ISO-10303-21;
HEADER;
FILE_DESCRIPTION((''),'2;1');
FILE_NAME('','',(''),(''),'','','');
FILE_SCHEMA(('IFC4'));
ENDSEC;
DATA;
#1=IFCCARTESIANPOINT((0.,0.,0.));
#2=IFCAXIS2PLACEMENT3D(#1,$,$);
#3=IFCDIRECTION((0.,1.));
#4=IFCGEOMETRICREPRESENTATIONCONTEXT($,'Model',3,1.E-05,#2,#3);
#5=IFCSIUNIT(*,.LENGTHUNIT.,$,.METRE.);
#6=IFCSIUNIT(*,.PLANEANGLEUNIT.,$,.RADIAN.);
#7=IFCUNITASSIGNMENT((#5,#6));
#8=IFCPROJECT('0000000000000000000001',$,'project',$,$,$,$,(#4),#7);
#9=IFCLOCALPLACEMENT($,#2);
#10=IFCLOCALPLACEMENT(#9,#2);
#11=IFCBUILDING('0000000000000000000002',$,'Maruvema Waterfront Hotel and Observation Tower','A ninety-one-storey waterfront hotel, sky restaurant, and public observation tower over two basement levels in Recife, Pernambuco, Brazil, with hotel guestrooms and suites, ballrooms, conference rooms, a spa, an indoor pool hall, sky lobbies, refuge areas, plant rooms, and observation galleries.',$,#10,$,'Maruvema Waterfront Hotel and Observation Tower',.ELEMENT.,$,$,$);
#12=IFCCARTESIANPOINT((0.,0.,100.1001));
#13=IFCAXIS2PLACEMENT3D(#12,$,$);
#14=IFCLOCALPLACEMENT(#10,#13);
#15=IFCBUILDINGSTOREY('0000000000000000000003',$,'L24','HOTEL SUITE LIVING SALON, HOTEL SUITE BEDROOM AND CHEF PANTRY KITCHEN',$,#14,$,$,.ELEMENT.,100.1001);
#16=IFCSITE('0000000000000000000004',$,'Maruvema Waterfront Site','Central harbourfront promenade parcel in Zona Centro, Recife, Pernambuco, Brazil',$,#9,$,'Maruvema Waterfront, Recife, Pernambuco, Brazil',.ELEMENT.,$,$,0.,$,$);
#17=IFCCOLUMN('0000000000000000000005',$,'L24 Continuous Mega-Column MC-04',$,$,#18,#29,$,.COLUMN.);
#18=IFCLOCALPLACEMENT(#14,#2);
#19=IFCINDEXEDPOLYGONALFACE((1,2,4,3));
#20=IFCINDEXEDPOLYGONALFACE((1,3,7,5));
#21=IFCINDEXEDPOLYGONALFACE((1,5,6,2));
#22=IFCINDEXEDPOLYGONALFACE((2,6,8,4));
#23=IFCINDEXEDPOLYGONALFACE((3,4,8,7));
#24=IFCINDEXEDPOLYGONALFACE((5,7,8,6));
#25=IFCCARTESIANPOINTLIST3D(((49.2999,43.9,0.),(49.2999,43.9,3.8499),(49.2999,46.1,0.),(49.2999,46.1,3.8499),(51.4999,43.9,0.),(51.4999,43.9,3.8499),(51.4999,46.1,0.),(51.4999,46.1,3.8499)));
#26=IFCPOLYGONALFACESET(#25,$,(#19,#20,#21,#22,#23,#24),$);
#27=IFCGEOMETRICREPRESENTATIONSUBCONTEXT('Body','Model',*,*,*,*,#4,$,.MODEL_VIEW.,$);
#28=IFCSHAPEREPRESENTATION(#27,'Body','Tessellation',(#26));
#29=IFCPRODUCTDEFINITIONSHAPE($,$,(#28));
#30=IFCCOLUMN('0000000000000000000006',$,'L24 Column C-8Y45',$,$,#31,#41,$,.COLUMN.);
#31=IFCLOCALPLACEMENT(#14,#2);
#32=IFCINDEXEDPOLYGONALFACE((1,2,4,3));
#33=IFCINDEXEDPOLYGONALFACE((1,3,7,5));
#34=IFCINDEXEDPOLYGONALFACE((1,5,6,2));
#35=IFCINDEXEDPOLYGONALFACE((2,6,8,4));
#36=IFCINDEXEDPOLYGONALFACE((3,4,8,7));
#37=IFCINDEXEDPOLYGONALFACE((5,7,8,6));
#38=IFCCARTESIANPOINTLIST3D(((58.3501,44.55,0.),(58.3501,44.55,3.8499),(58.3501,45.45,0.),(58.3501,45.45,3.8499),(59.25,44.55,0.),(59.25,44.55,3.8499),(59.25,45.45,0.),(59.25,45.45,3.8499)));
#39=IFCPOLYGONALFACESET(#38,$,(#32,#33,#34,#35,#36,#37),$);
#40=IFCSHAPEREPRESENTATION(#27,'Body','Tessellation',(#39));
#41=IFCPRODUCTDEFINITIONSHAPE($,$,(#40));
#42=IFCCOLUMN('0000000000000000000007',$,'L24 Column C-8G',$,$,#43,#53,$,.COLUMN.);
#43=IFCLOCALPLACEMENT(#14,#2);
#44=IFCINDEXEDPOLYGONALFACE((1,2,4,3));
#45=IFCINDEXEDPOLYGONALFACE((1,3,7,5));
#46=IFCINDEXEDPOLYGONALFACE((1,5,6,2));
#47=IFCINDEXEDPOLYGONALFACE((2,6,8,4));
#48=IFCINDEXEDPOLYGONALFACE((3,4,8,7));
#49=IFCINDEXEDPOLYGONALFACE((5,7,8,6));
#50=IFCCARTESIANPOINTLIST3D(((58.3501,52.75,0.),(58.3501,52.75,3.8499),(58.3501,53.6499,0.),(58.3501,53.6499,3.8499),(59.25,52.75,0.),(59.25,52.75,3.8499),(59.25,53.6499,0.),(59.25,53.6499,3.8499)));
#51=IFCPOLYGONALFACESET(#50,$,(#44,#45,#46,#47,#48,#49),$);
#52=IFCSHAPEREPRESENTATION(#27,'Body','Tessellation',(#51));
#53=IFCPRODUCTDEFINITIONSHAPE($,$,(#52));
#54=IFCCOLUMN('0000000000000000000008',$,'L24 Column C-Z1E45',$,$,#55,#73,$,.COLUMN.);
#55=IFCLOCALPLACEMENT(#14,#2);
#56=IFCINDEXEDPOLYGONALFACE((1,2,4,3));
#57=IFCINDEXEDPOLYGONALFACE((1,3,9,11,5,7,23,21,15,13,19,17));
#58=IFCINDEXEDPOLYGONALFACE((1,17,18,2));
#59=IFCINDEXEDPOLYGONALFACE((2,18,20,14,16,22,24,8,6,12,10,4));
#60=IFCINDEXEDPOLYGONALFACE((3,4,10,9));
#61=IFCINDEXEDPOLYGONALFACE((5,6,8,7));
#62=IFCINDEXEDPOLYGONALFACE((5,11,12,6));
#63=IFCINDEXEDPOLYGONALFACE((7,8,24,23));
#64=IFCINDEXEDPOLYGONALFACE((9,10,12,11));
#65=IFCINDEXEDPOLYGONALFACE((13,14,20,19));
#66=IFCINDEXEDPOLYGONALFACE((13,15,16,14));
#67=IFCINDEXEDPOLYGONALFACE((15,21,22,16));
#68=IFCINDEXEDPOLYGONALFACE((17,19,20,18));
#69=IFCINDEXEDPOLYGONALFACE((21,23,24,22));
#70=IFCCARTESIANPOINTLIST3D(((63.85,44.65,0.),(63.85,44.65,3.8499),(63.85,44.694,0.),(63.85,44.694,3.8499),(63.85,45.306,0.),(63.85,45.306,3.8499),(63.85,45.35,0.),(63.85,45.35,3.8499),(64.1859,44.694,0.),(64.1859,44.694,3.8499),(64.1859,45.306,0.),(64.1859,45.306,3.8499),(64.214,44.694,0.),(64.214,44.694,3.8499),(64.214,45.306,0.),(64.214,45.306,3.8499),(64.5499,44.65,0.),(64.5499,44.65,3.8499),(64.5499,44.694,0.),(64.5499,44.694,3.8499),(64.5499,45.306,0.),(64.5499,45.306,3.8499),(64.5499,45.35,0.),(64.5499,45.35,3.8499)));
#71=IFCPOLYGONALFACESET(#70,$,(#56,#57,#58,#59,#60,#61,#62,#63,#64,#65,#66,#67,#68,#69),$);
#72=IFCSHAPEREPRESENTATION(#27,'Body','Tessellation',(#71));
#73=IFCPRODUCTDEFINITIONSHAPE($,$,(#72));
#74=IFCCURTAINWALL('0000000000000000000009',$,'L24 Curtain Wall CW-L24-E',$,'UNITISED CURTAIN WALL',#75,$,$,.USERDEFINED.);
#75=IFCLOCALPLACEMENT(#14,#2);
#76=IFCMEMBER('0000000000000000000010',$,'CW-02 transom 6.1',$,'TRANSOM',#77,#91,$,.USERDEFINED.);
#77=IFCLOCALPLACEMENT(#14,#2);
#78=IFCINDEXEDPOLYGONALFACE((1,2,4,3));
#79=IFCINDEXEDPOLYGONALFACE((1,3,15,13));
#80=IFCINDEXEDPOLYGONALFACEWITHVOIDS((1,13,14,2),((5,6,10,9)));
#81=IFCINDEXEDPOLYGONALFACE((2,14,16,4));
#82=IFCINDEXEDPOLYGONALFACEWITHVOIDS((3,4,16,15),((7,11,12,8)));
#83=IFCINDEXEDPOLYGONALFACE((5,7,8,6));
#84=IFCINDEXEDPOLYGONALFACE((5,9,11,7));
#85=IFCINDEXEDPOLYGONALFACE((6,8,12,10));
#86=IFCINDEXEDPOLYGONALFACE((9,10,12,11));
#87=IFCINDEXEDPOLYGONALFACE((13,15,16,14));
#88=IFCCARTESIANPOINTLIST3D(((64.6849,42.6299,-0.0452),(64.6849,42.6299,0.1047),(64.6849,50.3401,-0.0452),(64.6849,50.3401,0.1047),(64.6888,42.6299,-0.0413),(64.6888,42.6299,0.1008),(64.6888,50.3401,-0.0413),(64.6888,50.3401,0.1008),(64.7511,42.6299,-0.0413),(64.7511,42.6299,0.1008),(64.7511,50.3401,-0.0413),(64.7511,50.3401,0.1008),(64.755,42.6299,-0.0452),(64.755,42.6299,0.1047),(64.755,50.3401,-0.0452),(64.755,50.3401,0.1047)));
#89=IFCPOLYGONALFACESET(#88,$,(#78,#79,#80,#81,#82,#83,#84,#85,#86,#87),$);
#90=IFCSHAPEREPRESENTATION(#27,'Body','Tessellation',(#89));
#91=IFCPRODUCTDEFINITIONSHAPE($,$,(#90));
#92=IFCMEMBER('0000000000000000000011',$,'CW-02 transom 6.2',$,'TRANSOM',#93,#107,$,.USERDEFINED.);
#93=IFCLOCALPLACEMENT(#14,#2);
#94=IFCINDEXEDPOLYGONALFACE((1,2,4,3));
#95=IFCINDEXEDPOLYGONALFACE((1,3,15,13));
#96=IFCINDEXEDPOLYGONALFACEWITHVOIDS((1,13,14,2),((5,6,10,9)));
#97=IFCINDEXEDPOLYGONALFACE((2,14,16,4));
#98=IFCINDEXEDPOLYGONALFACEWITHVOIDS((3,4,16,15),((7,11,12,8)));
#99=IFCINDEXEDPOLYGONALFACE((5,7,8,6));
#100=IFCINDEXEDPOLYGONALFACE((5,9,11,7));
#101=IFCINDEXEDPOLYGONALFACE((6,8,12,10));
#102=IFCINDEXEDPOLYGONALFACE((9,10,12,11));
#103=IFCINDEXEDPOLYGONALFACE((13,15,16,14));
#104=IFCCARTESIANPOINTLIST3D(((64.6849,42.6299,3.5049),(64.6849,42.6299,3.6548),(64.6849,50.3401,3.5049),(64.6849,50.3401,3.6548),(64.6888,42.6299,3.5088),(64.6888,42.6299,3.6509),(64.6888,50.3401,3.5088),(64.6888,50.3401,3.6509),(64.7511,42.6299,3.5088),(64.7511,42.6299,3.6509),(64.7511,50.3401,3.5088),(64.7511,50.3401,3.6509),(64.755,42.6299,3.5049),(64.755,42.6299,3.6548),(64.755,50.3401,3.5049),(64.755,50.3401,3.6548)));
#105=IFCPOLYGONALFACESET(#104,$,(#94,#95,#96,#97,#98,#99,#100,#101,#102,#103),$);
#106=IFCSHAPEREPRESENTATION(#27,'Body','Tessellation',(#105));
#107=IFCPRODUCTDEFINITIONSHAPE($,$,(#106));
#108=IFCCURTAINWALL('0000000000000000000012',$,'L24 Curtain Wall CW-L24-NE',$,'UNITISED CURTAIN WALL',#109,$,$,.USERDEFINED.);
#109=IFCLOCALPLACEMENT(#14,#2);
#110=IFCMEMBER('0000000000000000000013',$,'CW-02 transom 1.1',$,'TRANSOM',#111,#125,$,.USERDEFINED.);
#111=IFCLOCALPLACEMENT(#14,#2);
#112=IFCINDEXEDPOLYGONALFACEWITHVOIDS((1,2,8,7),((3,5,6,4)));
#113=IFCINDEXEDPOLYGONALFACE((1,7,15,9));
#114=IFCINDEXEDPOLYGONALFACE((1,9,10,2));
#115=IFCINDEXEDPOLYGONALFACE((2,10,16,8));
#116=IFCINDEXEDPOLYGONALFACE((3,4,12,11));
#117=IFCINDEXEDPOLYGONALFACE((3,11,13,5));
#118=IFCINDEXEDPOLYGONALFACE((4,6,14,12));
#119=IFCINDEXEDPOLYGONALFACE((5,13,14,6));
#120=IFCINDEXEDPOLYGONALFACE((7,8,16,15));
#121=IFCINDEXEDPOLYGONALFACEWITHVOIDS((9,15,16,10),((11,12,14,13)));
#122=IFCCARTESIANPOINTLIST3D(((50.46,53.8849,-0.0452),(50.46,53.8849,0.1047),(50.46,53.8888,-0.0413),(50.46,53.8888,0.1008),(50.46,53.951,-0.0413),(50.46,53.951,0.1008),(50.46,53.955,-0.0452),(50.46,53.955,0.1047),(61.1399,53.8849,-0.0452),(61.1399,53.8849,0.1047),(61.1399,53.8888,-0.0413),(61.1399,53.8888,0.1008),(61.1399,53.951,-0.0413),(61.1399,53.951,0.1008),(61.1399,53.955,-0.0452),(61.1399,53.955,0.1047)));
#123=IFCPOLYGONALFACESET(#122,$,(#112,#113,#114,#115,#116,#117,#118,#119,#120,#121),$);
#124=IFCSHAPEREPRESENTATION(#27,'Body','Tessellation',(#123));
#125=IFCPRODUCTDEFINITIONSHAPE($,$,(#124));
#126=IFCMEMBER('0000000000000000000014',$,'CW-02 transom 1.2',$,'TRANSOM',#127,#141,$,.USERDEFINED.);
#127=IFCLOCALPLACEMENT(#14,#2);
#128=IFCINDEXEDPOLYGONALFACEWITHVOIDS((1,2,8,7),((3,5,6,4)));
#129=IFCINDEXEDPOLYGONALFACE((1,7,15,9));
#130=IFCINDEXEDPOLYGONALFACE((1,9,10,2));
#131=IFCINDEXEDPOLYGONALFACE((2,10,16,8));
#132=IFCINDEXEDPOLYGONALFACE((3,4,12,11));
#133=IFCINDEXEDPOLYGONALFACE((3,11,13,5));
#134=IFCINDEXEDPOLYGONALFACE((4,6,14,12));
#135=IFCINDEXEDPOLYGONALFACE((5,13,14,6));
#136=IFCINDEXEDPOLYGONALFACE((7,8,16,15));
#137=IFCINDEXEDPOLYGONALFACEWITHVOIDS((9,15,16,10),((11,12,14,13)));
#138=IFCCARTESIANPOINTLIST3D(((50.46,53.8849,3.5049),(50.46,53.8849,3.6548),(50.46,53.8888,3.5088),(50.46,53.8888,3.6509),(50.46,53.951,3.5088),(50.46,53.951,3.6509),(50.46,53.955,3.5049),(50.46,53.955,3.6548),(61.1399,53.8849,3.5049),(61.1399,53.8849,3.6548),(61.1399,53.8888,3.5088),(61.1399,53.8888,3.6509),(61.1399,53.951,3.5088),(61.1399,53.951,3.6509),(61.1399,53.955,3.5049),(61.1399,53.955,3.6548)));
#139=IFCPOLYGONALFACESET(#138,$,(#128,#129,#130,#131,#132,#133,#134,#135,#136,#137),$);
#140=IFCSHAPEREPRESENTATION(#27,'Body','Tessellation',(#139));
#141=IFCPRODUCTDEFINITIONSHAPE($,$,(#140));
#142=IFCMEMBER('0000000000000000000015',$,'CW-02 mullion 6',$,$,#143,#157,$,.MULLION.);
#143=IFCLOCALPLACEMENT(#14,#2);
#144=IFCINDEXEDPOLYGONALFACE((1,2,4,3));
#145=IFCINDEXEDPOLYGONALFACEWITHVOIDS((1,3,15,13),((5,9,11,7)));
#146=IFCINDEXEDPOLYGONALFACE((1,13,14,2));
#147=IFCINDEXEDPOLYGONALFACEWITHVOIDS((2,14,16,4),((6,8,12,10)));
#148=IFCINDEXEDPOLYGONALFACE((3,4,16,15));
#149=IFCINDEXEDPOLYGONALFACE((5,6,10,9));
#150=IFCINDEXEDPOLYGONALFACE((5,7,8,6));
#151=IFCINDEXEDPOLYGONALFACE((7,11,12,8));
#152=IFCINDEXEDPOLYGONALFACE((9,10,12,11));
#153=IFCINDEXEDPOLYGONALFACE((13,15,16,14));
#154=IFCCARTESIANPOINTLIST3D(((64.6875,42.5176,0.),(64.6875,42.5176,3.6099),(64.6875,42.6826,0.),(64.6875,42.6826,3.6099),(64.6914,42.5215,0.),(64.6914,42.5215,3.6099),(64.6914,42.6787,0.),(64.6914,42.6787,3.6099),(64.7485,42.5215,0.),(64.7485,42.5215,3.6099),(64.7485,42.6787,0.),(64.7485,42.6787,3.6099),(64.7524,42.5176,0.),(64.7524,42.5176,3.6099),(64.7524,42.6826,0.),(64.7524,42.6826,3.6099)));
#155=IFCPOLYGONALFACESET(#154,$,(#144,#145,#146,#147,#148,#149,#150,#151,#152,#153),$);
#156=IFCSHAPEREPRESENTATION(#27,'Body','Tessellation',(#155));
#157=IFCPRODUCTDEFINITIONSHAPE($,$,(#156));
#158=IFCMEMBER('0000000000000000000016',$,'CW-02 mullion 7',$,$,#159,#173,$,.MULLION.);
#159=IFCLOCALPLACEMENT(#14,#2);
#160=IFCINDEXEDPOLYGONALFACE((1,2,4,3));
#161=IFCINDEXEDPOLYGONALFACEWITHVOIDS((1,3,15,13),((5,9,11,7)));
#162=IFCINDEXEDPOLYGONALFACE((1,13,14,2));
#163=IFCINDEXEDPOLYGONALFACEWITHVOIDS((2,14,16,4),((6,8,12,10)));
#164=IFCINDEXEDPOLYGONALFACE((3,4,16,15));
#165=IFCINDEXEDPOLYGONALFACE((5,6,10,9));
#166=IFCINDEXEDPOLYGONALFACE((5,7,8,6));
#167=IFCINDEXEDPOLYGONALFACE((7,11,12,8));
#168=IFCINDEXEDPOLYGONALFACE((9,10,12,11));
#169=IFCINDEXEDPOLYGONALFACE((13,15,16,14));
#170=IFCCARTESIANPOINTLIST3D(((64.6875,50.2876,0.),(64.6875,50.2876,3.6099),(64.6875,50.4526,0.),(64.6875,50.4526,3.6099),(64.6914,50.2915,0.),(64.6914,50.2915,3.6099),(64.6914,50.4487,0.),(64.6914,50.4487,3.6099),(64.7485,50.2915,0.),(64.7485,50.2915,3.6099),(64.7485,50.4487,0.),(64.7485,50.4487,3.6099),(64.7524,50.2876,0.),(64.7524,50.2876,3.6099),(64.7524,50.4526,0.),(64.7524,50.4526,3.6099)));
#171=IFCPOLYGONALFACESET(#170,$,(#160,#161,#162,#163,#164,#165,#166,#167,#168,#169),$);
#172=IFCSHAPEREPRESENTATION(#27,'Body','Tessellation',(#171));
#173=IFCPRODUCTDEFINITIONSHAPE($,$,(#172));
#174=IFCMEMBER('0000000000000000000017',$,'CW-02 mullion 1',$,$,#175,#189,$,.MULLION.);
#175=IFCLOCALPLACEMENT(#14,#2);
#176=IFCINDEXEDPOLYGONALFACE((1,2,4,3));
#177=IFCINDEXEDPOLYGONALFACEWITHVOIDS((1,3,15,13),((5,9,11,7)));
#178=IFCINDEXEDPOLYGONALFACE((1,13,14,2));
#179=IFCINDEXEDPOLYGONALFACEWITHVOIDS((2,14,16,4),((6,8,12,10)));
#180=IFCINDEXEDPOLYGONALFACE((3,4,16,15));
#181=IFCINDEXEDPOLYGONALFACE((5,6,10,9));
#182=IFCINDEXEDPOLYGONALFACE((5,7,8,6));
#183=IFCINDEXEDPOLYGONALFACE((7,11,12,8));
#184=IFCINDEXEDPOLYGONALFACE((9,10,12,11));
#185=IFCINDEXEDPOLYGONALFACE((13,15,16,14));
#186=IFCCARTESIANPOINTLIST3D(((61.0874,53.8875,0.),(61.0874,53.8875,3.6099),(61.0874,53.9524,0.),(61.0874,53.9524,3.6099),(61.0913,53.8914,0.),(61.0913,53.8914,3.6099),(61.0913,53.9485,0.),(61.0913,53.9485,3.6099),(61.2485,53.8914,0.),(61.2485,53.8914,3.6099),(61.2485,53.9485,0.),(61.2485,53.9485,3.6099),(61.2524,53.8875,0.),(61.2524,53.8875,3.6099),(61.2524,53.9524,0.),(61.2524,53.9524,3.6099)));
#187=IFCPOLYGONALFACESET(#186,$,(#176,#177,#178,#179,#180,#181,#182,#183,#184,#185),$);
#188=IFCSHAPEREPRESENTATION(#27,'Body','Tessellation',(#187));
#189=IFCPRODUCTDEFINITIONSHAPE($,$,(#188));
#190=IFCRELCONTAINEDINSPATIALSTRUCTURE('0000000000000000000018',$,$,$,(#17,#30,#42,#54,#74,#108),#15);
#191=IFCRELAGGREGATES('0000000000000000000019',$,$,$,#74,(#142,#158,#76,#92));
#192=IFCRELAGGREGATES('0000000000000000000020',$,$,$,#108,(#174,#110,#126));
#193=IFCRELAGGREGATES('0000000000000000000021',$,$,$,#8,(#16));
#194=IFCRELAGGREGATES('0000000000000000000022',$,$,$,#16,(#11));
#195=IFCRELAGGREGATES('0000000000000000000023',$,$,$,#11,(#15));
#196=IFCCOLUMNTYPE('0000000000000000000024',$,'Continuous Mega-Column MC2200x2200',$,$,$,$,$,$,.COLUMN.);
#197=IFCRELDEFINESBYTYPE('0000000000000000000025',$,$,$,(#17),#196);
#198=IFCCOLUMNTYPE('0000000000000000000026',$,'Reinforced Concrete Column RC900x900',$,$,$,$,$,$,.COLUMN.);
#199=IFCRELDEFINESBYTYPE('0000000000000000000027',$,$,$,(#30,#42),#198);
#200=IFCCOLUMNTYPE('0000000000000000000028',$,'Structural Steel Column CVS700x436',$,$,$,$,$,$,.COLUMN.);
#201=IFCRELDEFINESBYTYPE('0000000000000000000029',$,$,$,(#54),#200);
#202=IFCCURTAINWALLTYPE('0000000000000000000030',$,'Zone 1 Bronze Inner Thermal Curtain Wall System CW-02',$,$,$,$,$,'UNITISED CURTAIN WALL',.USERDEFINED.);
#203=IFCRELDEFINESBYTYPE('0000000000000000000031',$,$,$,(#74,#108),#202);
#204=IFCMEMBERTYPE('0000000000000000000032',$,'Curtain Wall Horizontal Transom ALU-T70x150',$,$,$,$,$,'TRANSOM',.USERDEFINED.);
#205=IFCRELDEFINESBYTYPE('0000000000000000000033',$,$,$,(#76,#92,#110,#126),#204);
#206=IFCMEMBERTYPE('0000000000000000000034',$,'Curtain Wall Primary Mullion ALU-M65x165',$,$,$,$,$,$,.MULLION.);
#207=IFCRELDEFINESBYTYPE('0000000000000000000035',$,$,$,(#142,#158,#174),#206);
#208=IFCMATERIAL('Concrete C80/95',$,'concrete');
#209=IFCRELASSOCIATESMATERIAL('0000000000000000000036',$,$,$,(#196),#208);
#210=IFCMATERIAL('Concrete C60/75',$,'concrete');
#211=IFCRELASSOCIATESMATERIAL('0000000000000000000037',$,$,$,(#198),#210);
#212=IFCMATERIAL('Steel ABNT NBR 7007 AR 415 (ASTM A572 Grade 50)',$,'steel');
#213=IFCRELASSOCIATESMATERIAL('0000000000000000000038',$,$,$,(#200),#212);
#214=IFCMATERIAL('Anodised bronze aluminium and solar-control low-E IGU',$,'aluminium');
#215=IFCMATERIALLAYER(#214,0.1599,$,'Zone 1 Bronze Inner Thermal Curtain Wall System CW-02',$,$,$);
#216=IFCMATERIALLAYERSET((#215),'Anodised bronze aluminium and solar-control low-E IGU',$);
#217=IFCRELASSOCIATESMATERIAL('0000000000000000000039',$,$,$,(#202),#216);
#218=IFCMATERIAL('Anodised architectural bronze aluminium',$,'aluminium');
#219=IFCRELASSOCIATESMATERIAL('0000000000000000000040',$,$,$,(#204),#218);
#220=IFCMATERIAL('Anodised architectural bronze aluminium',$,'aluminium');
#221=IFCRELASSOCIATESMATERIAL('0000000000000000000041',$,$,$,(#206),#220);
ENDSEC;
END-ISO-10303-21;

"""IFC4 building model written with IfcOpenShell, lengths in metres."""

from ifc_helpers import new_model, si_unit, direction, frame, origin, origin_2d, place, context, subcontext, project, spatial, rectangle, hollow_rectangle, i_section, extrude, material, layer, layer_set, material_profile, profile_set, type_object, element, aggregate, save


model = new_model("IFC4")

# Units and contexts
model_context = context("Model", 3, precision=1e-05, world=origin(), true_north=direction((0.0, 1.0)))
body_context = subcontext(model_context, "Body", "Model", "MODEL_VIEW")
ifc_project = project(units=[si_unit("LENGTHUNIT", "METRE"), si_unit("PLANEANGLEUNIT", "RADIAN")], contexts=[model_context])

# Site, building, storey
site_placement = place(None, origin())
site = spatial("IfcSite", under=ifc_project, at=site_placement, Name="Maruvema Waterfront Site", Description="Central harbourfront promenade parcel in Zona Centro, Recife, Pernambuco, Brazil", LongName="Maruvema Waterfront, Recife, Pernambuco, Brazil", CompositionType="ELEMENT", RefElevation=0.0)
building_placement = place(site_placement, origin())
building = spatial("IfcBuilding", under=site, at=building_placement, Name="Maruvema Waterfront Hotel and Observation Tower", Description="A ninety-one-storey waterfront hotel, sky restaurant, and public observation tower over two basement levels in Recife, Pernambuco, Brazil, with hotel guestrooms and suites, ballrooms, conference rooms, a spa, an indoor pool hall, sky lobbies, refuge areas, plant rooms, and observation galleries.", LongName="Maruvema Waterfront Hotel and Observation Tower", CompositionType="ELEMENT")
storey_placement = place(building_placement, frame((0.0, 0.0, 100.1001)))
storey = spatial("IfcBuildingStorey", under=building, at=storey_placement, Name="L24", Description="HOTEL SUITE LIVING SALON, HOTEL SUITE BEDROOM AND CHEF PANTRY KITCHEN", CompositionType="ELEMENT", Elevation=100.1001)

# Columns
ifc_material_1 = material(Name="Concrete C80/95", Category="concrete")
ifc_material_profile_1 = material_profile(ifc_material_1, rectangle(XDim=2.2, YDim=2.2, at=origin_2d()), Name="MC2200x2200")
ifc_profile_set_1 = profile_set([ifc_material_profile_1], Name="Concrete C80/95")
column_type_1 = type_object("IfcColumnType", Name="Continuous Mega-Column MC2200x2200", PredefinedType="COLUMN", material=ifc_profile_set_1)
column_1_placement = place(storey_placement, frame((50.3999, 45.0, 0.0), z_axis=(0.0, 0.0, 1.0), x_axis=(1.0, 0.0, 0.0)))
element("IfcColumn", 1, at=column_1_placement, inside=storey, type_object=column_type_1, Name="L24 Continuous Mega-Column MC-04", PredefinedType="COLUMN", context=body_context, shape_type="SweptSolid", body=[
    extrude(rectangle(XDim=2.2, YDim=2.2, at=origin_2d()), origin(), (0.0, 0.0, 1.0), 3.8499),
])
ifc_material_2 = material(Name="Concrete C60/75", Category="concrete")
ifc_material_profile_2 = material_profile(ifc_material_2, rectangle(XDim=0.8999, YDim=0.8999, at=origin_2d()), Name="RC900x900")
ifc_profile_set_2 = profile_set([ifc_material_profile_2], Name="Concrete C60/75")
column_type_2 = type_object("IfcColumnType", Name="Reinforced Concrete Column RC900x900", PredefinedType="COLUMN", material=ifc_profile_set_2)
for number, where, z_axis, x_axis, name in (
    (2, (58.8, 45.0, 0.0), (0.0, 0.0, 1.0), (1.0, 0.0, 0.0), "L24 Column C-8Y45"),
    (3, (58.8, 53.2, 0.0), (0.0, 0.0, 1.0), (1.0, 0.0, 0.0), "L24 Column C-8G"),
):
    element("IfcColumn", number, at=place(storey_placement, frame(where, z_axis=z_axis, x_axis=x_axis)), inside=storey, type_object=column_type_2, Name=name, PredefinedType="COLUMN", context=body_context, shape_type="SweptSolid", body=[
        extrude(rectangle(XDim=0.8999, YDim=0.8999, at=origin_2d()), origin(), (0.0, 0.0, 1.0), 3.8499),
    ])
ifc_material_3 = material(Name="Steel ABNT NBR 7007 AR 415 (ASTM A572 Grade 50)", Category="steel")
ifc_material_profile_3 = material_profile(ifc_material_3, i_section(OverallWidth=0.7, OverallDepth=0.7, WebThickness=0.0281, FlangeThickness=0.0439, at=origin_2d()), Name="CVS700x436")
ifc_profile_set_3 = profile_set([ifc_material_profile_3], Name="Steel ABNT NBR 7007 AR 415 (ASTM A572 Grade 50)")
column_type_3 = type_object("IfcColumnType", Name="Structural Steel Column CVS700x436", PredefinedType="COLUMN", material=ifc_profile_set_3)
column_2_placement = place(storey_placement, frame((64.2, 45.0, 0.0), z_axis=(0.0, 0.0, 1.0), x_axis=(1.0, 0.0, 0.0)))
element("IfcColumn", 4, at=column_2_placement, inside=storey, type_object=column_type_3, Name="L24 Column C-Z1E45", PredefinedType="COLUMN", context=body_context, shape_type="SweptSolid", body=[
    extrude(i_section(OverallWidth=0.7, OverallDepth=0.7, WebThickness=0.0281, FlangeThickness=0.0439, at=origin_2d()), origin(), (0.0, 0.0, 1.0), 3.8499),
])

# Curtain walls, members
ifc_material_4 = material(Name="Anodised bronze aluminium and solar-control low-E IGU", Category="aluminium")
ifc_layer_1 = layer(ifc_material_4, 0.1599, Name="Zone 1 Bronze Inner Thermal Curtain Wall System CW-02")
ifc_layer_set_1 = layer_set([ifc_layer_1], Name="Anodised bronze aluminium and solar-control low-E IGU")
curtain_wall_type = type_object("IfcCurtainWallType", Name="Zone 1 Bronze Inner Thermal Curtain Wall System CW-02", ElementType="UNITISED CURTAIN WALL", PredefinedType="USERDEFINED", material=ifc_layer_set_1)
curtain_wall_1_placement = place(storey_placement, origin())
curtain_wall_1 = element("IfcCurtainWall", 5, at=curtain_wall_1_placement, inside=storey, type_object=curtain_wall_type, Name="L24 Curtain Wall CW-L24-E", ObjectType="UNITISED CURTAIN WALL", PredefinedType="USERDEFINED")
ifc_material_5 = material(Name="Anodised architectural bronze aluminium", Category="aluminium")
ifc_material_profile_4 = material_profile(ifc_material_5, hollow_rectangle(XDim=0.0701, YDim=0.1499, WallThickness=0.0039, at=origin_2d()), Name="ALU-T70x150")
ifc_profile_set_4 = profile_set([ifc_material_profile_4], Name="Anodised architectural bronze aluminium")
member_type_1 = type_object("IfcMemberType", Name="Curtain Wall Horizontal Transom ALU-T70x150", ElementType="TRANSOM", PredefinedType="USERDEFINED", material=ifc_profile_set_4)
member_1_placement = place(storey_placement, frame((64.72, 42.6299, 0.0298), z_axis=(0.0, 1.0, 0.0), x_axis=(-1.0, 0.0, 0.0)))
member_1 = element("IfcMember", 6, at=member_1_placement, type_object=member_type_1, Name="CW-02 transom 6.1", ObjectType="TRANSOM", PredefinedType="USERDEFINED", context=body_context, shape_type="SweptSolid", body=[
    extrude(hollow_rectangle(XDim=0.0701, YDim=0.1499, WallThickness=0.0039, at=origin_2d()), origin(), (0.0, 0.0, 1.0), 7.7102),
])
member_2_placement = place(storey_placement, frame((64.72, 42.6299, 3.5798), z_axis=(0.0, 1.0, 0.0), x_axis=(-1.0, 0.0, 0.0)))
member_2 = element("IfcMember", 7, at=member_2_placement, type_object=member_type_1, Name="CW-02 transom 6.2", ObjectType="TRANSOM", PredefinedType="USERDEFINED", context=body_context, shape_type="SweptSolid", body=[
    extrude(hollow_rectangle(XDim=0.0701, YDim=0.1499, WallThickness=0.0039, at=origin_2d()), origin(), (0.0, 0.0, 1.0), 7.7102),
])
curtain_wall_2_placement = place(storey_placement, origin())
curtain_wall_2 = element("IfcCurtainWall", 8, at=curtain_wall_2_placement, inside=storey, type_object=curtain_wall_type, Name="L24 Curtain Wall CW-L24-NE", ObjectType="UNITISED CURTAIN WALL", PredefinedType="USERDEFINED")
member_3_placement = place(storey_placement, frame((61.1399, 53.9199, 0.0298), z_axis=(-1.0, 0.0, 0.0), x_axis=(0.0, -1.0, 0.0)))
member_3 = element("IfcMember", 9, at=member_3_placement, type_object=member_type_1, Name="CW-02 transom 1.1", ObjectType="TRANSOM", PredefinedType="USERDEFINED", context=body_context, shape_type="SweptSolid", body=[
    extrude(hollow_rectangle(XDim=0.0701, YDim=0.1499, WallThickness=0.0039, at=origin_2d()), origin(), (0.0, 0.0, 1.0), 10.6799),
])
member_4_placement = place(storey_placement, frame((61.1399, 53.9199, 3.5798), z_axis=(-1.0, 0.0, 0.0), x_axis=(0.0, -1.0, 0.0)))
member_4 = element("IfcMember", 10, at=member_4_placement, type_object=member_type_1, Name="CW-02 transom 1.2", ObjectType="TRANSOM", PredefinedType="USERDEFINED", context=body_context, shape_type="SweptSolid", body=[
    extrude(hollow_rectangle(XDim=0.0701, YDim=0.1499, WallThickness=0.0039, at=origin_2d()), origin(), (0.0, 0.0, 1.0), 10.6799),
])

# Members
ifc_material_6 = material(Name="Anodised architectural bronze aluminium", Category="aluminium")
ifc_material_profile_5 = material_profile(ifc_material_6, hollow_rectangle(XDim=0.0649, YDim=0.165, WallThickness=0.0039, at=origin_2d()), Name="ALU-M65x165")
ifc_profile_set_5 = profile_set([ifc_material_profile_5], Name="Anodised architectural bronze aluminium")
member_type_2 = type_object("IfcMemberType", Name="Curtain Wall Primary Mullion ALU-M65x165", PredefinedType="MULLION", material=ifc_profile_set_5)
member_5_placement = place(storey_placement, frame((64.72, 42.6001, 0.0), z_axis=(0.0, 0.0, 1.0), x_axis=(-1.0, 0.0, 0.0)))
member_5 = element("IfcMember", 11, at=member_5_placement, type_object=member_type_2, Name="CW-02 mullion 6", PredefinedType="MULLION", context=body_context, shape_type="SweptSolid", body=[
    extrude(hollow_rectangle(XDim=0.0649, YDim=0.165, WallThickness=0.0039, at=origin_2d()), origin(), (0.0, 0.0, 1.0), 3.6099),
])
member_6_placement = place(storey_placement, frame((64.72, 50.3701, 0.0), z_axis=(0.0, 0.0, 1.0), x_axis=(-1.0, 0.0, 0.0)))
member_6 = element("IfcMember", 12, at=member_6_placement, type_object=member_type_2, Name="CW-02 mullion 7", PredefinedType="MULLION", context=body_context, shape_type="SweptSolid", body=[
    extrude(hollow_rectangle(XDim=0.0649, YDim=0.165, WallThickness=0.0039, at=origin_2d()), origin(), (0.0, 0.0, 1.0), 3.6099),
])
member_7_placement = place(storey_placement, frame((61.1699, 53.9199, 0.0), z_axis=(0.0, 0.0, 1.0), x_axis=(0.0, -1.0, 0.0)))
member_7 = element("IfcMember", 13, at=member_7_placement, type_object=member_type_2, Name="CW-02 mullion 1", PredefinedType="MULLION", context=body_context, shape_type="SweptSolid", body=[
    extrude(hollow_rectangle(XDim=0.0649, YDim=0.165, WallThickness=0.0039, at=origin_2d()), origin(), (0.0, 0.0, 1.0), 3.6099),
])

aggregate(curtain_wall_1, [member_5, member_6, member_1, member_2])
aggregate(curtain_wall_2, [member_7, member_3, member_4])

save(model, "model.ifc")
